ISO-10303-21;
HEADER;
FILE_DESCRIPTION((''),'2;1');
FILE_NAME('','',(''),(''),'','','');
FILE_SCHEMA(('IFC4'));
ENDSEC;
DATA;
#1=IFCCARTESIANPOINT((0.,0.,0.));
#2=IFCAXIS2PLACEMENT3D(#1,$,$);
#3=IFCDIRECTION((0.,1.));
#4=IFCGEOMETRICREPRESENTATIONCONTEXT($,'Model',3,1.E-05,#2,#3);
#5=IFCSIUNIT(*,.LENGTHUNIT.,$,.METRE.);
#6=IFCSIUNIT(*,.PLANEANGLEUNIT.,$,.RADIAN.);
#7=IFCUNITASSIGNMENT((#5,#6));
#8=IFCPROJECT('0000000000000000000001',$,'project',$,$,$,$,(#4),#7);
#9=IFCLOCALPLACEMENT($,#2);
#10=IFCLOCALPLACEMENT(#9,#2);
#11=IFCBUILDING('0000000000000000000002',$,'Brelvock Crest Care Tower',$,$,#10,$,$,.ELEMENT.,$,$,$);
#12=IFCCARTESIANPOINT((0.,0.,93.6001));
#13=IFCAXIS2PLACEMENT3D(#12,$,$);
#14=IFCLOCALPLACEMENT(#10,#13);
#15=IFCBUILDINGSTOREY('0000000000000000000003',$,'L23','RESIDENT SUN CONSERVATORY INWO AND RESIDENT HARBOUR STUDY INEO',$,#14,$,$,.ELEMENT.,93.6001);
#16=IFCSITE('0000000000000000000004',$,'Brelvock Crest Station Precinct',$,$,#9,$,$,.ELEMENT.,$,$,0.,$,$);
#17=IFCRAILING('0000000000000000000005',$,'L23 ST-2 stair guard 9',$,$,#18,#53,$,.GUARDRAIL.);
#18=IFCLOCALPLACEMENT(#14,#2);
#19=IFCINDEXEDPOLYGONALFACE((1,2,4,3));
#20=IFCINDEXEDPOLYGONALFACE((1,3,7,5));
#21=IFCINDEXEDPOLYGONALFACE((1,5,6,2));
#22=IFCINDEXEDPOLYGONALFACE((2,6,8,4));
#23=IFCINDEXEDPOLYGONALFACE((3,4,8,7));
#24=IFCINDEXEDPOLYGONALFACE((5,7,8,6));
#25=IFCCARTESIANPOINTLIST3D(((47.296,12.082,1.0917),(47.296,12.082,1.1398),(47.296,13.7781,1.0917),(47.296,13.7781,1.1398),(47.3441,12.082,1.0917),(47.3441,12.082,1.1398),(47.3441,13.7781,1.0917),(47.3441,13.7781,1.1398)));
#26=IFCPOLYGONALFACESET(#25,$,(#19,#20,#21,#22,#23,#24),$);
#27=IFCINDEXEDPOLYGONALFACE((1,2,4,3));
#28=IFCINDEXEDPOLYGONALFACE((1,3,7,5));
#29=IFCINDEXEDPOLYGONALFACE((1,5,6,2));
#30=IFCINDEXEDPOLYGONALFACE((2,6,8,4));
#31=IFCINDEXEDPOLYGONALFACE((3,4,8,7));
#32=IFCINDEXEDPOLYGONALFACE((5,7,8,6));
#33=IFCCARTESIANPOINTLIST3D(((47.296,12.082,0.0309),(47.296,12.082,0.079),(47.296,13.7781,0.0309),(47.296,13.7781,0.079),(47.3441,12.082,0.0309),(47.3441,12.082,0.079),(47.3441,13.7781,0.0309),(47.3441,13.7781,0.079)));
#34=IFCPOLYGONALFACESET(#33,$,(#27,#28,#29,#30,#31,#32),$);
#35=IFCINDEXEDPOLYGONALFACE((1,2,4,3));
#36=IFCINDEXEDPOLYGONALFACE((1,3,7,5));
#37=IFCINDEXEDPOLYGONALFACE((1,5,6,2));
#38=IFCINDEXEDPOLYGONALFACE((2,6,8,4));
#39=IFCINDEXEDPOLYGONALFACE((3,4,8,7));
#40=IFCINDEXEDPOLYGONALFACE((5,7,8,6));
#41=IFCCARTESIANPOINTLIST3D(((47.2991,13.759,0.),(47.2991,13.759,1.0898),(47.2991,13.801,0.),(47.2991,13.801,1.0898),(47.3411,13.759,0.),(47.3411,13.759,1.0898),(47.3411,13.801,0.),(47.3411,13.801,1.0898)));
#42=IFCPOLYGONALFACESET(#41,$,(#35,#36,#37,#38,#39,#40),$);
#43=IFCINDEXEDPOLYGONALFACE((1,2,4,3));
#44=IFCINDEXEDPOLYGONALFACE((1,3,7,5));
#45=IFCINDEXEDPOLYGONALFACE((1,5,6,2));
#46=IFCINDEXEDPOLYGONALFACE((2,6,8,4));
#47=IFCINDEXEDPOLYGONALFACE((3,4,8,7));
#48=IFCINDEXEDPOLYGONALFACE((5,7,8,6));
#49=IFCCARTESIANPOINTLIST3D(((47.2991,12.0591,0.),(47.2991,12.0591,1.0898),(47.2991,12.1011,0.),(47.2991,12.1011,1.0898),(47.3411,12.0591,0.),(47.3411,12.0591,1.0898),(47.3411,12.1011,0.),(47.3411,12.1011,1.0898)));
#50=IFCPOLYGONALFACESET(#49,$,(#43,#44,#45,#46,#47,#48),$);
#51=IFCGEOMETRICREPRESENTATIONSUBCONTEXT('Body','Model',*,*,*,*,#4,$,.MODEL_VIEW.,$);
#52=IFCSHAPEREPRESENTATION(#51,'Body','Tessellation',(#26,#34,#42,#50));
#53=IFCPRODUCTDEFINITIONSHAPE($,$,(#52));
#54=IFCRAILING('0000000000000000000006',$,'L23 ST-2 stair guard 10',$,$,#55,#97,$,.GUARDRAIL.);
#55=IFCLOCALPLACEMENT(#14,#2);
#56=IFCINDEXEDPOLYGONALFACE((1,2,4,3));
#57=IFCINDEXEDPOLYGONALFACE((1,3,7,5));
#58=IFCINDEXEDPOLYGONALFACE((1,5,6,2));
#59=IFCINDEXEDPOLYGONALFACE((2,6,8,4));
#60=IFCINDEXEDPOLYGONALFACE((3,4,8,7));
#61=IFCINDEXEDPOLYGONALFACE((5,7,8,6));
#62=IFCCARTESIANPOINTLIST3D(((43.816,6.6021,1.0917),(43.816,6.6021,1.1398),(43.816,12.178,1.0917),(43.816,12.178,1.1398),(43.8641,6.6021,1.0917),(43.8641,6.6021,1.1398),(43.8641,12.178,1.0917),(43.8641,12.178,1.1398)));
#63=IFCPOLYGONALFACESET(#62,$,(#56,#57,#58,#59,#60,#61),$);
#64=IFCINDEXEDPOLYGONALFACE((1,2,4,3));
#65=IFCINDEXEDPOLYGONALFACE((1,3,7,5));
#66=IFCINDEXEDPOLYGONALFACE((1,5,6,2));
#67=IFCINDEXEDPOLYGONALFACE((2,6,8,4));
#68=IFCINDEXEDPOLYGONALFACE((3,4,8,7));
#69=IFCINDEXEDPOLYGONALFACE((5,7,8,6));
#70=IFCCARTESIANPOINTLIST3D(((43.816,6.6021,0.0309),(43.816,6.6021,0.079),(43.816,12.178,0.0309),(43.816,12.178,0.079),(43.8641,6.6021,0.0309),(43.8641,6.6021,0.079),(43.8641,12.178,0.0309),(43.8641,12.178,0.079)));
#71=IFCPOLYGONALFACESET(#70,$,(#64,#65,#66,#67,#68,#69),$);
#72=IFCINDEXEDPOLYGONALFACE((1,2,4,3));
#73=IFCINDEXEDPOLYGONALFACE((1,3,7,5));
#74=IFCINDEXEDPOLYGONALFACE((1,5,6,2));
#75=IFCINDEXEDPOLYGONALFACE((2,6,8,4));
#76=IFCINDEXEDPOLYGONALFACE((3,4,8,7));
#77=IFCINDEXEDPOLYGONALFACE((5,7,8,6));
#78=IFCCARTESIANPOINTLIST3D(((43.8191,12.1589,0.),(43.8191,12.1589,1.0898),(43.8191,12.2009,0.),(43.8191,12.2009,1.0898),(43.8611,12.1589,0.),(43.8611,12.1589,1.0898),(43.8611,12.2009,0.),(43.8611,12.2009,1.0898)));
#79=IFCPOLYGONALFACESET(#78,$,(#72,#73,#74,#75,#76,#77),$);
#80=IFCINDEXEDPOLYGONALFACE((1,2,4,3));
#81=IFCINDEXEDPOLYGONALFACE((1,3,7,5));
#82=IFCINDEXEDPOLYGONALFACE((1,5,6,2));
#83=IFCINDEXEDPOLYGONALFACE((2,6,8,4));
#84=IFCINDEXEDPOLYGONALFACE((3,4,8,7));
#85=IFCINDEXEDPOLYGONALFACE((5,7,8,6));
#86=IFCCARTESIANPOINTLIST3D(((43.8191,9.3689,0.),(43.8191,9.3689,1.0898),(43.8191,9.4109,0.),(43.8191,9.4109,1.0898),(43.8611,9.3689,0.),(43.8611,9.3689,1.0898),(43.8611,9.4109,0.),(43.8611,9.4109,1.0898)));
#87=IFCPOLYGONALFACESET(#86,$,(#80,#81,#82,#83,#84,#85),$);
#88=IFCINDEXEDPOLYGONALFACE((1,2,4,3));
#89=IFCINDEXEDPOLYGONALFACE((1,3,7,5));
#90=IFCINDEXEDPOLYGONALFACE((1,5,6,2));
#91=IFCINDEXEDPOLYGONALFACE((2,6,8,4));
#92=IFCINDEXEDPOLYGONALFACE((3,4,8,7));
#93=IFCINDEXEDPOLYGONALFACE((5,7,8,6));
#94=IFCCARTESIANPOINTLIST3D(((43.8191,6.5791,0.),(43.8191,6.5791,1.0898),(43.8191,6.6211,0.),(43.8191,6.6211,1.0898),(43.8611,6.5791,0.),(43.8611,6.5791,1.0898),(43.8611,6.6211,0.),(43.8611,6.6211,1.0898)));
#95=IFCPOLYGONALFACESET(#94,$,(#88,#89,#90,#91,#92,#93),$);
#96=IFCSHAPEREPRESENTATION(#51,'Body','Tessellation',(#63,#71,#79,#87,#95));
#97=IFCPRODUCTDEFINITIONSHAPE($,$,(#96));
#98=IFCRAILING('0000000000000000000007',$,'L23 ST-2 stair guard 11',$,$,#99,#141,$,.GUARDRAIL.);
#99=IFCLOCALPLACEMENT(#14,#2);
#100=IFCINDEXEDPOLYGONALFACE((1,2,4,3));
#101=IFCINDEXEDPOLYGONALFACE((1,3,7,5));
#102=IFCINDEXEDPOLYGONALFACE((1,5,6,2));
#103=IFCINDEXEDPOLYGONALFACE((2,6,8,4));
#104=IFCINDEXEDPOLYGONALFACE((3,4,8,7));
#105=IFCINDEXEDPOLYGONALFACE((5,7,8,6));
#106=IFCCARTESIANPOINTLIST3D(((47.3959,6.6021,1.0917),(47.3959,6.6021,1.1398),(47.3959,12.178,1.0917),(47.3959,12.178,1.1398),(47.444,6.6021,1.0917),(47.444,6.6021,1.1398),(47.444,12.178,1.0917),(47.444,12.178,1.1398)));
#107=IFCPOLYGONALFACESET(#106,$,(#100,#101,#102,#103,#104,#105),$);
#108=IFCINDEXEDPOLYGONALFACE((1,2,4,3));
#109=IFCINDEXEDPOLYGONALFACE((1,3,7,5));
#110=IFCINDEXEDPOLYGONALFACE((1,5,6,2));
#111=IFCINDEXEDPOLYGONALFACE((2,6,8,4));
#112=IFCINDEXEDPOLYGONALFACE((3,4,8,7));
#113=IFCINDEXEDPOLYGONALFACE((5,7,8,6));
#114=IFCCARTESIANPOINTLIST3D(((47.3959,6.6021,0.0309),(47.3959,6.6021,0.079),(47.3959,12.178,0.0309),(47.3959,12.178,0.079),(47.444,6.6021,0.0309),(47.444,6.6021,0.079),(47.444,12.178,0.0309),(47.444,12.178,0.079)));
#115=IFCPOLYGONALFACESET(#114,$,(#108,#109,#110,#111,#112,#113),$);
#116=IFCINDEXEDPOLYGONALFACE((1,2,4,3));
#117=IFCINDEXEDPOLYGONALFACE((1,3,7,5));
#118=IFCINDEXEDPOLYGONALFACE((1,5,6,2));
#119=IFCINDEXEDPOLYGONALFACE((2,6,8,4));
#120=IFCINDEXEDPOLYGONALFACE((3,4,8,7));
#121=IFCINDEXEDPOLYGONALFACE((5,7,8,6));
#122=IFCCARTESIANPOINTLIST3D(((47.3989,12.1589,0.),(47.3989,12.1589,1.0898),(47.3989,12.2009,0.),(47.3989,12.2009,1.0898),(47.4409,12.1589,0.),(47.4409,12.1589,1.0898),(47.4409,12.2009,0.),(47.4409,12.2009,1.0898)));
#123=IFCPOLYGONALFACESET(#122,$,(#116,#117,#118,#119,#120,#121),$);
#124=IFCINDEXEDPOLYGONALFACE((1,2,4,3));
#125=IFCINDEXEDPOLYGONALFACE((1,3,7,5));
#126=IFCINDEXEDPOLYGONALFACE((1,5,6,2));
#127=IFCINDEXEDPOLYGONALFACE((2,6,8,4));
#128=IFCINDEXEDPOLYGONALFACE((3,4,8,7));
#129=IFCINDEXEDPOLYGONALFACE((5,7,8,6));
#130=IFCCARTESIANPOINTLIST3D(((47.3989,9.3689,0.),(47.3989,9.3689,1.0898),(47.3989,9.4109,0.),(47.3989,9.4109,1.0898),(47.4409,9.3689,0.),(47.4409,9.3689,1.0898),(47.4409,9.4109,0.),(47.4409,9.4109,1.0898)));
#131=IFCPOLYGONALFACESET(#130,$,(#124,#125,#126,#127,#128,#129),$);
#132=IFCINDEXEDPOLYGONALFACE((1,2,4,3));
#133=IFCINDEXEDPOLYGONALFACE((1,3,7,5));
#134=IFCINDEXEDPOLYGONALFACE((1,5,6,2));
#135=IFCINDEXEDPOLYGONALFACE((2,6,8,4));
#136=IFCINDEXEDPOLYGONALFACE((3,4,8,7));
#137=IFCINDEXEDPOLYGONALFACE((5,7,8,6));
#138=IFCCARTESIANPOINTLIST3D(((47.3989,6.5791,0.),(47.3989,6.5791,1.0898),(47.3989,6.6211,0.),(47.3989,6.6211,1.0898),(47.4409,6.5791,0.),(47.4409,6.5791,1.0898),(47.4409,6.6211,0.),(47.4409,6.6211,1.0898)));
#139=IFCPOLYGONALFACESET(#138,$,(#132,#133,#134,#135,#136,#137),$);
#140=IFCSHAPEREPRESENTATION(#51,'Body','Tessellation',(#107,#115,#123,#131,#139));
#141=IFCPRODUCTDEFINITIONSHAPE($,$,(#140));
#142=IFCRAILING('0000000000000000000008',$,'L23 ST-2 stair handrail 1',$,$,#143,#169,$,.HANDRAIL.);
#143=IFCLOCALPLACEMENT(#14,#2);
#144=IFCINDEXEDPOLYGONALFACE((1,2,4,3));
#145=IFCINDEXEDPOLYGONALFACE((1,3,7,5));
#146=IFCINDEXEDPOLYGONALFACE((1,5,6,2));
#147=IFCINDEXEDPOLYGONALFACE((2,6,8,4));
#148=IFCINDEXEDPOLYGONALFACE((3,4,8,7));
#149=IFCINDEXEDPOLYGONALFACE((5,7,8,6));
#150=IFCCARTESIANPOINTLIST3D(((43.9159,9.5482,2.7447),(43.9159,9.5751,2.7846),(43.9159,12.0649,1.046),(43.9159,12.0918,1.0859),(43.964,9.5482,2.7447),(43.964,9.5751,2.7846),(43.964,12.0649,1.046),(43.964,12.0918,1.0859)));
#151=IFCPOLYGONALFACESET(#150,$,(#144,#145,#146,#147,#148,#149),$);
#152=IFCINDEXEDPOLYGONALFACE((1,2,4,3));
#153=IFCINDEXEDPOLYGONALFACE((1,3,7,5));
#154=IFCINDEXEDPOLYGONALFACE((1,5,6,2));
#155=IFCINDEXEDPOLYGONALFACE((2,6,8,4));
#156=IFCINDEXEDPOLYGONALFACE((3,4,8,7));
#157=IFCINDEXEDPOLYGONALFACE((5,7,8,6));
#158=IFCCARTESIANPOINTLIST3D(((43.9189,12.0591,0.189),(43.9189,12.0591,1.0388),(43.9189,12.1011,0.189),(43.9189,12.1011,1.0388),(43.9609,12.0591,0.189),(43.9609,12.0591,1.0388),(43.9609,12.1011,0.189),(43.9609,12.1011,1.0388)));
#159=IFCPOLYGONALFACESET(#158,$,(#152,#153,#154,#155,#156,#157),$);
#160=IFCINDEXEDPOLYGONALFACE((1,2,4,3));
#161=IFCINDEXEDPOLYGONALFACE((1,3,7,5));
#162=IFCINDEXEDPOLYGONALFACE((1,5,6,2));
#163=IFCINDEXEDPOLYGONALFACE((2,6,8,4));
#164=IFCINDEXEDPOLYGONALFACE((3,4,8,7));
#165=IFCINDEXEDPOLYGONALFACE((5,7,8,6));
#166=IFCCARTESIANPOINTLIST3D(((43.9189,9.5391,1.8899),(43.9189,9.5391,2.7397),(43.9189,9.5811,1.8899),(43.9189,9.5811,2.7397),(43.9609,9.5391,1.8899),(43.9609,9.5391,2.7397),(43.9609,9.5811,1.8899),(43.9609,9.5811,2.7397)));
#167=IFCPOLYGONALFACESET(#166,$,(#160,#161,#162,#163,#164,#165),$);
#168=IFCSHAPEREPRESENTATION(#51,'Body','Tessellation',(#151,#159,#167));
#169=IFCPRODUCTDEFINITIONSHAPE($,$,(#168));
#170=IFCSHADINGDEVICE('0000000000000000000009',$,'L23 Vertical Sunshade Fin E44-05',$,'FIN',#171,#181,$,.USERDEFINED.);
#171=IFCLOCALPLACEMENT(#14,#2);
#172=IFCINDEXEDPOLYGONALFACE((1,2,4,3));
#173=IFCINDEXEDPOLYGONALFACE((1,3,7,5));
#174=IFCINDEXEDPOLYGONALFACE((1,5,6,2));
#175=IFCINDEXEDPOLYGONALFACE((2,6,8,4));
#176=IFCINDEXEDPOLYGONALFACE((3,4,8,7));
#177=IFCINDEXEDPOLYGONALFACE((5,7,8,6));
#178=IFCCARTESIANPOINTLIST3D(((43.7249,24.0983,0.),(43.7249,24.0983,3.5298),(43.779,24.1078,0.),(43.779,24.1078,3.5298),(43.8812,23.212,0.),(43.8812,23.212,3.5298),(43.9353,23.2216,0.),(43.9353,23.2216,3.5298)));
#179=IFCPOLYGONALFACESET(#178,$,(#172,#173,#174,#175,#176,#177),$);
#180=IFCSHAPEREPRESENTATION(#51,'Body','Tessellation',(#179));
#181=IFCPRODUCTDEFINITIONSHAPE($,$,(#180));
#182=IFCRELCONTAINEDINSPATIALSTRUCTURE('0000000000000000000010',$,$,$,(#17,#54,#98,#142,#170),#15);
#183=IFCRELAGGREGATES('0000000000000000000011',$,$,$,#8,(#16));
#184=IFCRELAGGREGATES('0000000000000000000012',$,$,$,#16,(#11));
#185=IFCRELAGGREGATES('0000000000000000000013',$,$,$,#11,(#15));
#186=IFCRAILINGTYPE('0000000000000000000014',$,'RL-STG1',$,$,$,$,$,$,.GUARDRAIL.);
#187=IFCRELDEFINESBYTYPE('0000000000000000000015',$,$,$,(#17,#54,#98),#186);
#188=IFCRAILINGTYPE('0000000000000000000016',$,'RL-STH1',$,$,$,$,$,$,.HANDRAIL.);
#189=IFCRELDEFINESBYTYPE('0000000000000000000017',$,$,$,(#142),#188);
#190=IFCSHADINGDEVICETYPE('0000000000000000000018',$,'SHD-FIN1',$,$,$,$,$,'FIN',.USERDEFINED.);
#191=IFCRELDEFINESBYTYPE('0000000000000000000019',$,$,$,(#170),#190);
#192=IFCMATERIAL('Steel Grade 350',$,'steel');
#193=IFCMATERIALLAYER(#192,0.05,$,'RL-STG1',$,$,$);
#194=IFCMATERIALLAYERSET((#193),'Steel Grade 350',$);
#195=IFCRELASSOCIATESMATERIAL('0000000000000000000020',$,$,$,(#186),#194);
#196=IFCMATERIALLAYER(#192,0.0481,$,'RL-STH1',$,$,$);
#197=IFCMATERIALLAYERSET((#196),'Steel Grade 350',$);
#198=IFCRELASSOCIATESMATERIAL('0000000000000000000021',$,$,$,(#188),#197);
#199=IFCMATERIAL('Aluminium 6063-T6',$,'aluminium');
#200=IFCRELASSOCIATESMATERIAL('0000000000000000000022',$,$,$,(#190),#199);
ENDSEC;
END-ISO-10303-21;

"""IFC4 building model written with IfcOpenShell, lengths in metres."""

from ifc_helpers import new_model, si_unit, direction, frame, origin, origin_2d, place, context, subcontext, project, spatial, rectangle, extrude, source, transform, mapped, material, layer, layer_set, material_profile, profile_set, type_object, element, save


model = new_model("IFC4")

# Units and contexts
model_context = context("Model", 3, precision=1e-05, world=origin(), true_north=direction((0.0, 1.0)))
body_context = subcontext(model_context, "Body", "Model", "MODEL_VIEW")
ifc_project = project(units=[si_unit("LENGTHUNIT", "METRE"), si_unit("PLANEANGLEUNIT", "RADIAN")], contexts=[model_context])

# Site, building, storey
site_placement = place(None, origin())
site = spatial("IfcSite", under=ifc_project, at=site_placement, Name="Brelvock Crest Station Precinct", CompositionType="ELEMENT", RefElevation=0.0)
building_placement = place(site_placement, origin())
building = spatial("IfcBuilding", under=site, at=building_placement, Name="Brelvock Crest Care Tower", CompositionType="ELEMENT")
storey_placement = place(building_placement, frame((0.0, 0.0, 93.6001)))
storey = spatial("IfcBuildingStorey", under=building, at=storey_placement, Name="L23", Description="RESIDENT SUN CONSERVATORY INWO AND RESIDENT HARBOUR STUDY INEO", CompositionType="ELEMENT", Elevation=93.6001)

# Shared definitions
ifc_material_1 = material(Name="Steel Grade 350", Category="steel")

# Railings
ifc_layer_1 = layer(ifc_material_1, 0.05, Name="RL-STG1")
ifc_layer_set_1 = layer_set([ifc_layer_1], Name="Steel Grade 350")
railing_type_1 = type_object("IfcRailingType", Name="RL-STG1", PredefinedType="GUARDRAIL", material=ifc_layer_set_1)
for number, where, name in (
    (1, (47.3201, 13.78, 0.0), "L23 ST-2 stair guard 9"),
):
    element("IfcRailing", number, at=place(storey_placement, frame(where)), inside=storey, type_object=railing_type_1, Name=name, PredefinedType="GUARDRAIL", context=body_context, shape_type="SweptSolid", body=[
        extrude(rectangle(XDim=0.0481, YDim=0.0481, at=origin_2d()), frame((0.0, -0.002, 1.1157), z_axis=(0.0, -1.0, 0.0), x_axis=(1.0, 0.0, 0.0)), (0.0, 0.0, 1.0), 1.696),
        extrude(rectangle(XDim=0.0481, YDim=0.0481, at=origin_2d()), frame((0.0, -0.002, 0.0549), z_axis=(0.0, -1.0, 0.0), x_axis=(1.0, 0.0, 0.0)), (0.0, 0.0, 1.0), 1.696),
        extrude(rectangle(XDim=0.042, YDim=0.042, at=origin_2d()), origin(), (0.0, 0.0, 1.0), 1.0898),
        extrude(rectangle(XDim=0.042, YDim=0.042, at=origin_2d()), frame((0.0, -1.7, 0.0)), (0.0, 0.0, 1.0), 1.0898),
    ])
for number, where, name in (
    (2, (43.8401, 12.1799, 0.0), "L23 ST-2 stair guard 10"),
    (3, (47.4199, 12.1799, 0.0), "L23 ST-2 stair guard 11"),
):
    element("IfcRailing", number, at=place(storey_placement, frame(where)), inside=storey, type_object=railing_type_1, Name=name, PredefinedType="GUARDRAIL", context=body_context, shape_type="SweptSolid", body=[
        extrude(rectangle(XDim=0.0481, YDim=0.0481, at=origin_2d()), frame((0.0, -0.002, 1.1157), z_axis=(0.0, -1.0, 0.0), x_axis=(1.0, 0.0, 0.0)), (0.0, 0.0, 1.0), 5.5759),
        extrude(rectangle(XDim=0.0481, YDim=0.0481, at=origin_2d()), frame((0.0, -0.002, 0.0549), z_axis=(0.0, -1.0, 0.0), x_axis=(1.0, 0.0, 0.0)), (0.0, 0.0, 1.0), 5.5759),
        extrude(rectangle(XDim=0.042, YDim=0.042, at=origin_2d()), origin(), (0.0, 0.0, 1.0), 1.0898),
        extrude(rectangle(XDim=0.042, YDim=0.042, at=origin_2d()), frame((0.0, -2.79, 0.0)), (0.0, 0.0, 1.0), 1.0898),
        extrude(rectangle(XDim=0.042, YDim=0.042, at=origin_2d()), frame((0.0, -5.5798, 0.0)), (0.0, 0.0, 1.0), 1.0898),
    ])
ifc_layer_2 = layer(ifc_material_1, 0.0481, Name="RL-STH1")
ifc_layer_set_2 = layer_set([ifc_layer_2], Name="Steel Grade 350")
railing_type_2 = type_object("IfcRailingType", Name="RL-STH1", PredefinedType="HANDRAIL", material=ifc_layer_set_2)
railing_1_placement = place(storey_placement, frame((43.9399, 12.0801, 0.189)))
element("IfcRailing", 4, at=railing_1_placement, inside=storey, type_object=railing_type_2, Name="L23 ST-2 stair handrail 1", PredefinedType="HANDRAIL", context=body_context, shape_type="SweptSolid", body=[
    extrude(rectangle(XDim=0.0481, YDim=0.0481, at=origin_2d()), frame((0.0, -0.0017, 0.877), z_axis=(0.0, -0.828862, 0.559454), x_axis=(1.0, 0.0, 0.0)), (0.0, 0.0, 1.0), 3.0364),
    extrude(rectangle(XDim=0.042, YDim=0.042, at=origin_2d()), origin(), (0.0, 0.0, 1.0), 0.8499),
    extrude(rectangle(XDim=0.042, YDim=0.042, at=origin_2d()), frame((0.0, -2.52, 1.7009)), (0.0, 0.0, 1.0), 0.8499),
])

# Shading device
ifc_material_2 = material(Name="Aluminium 6063-T6", Category="aluminium")
ifc_material_profile_1 = material_profile(ifc_material_2, rectangle(XDim=0.0549, YDim=0.8999, at=origin_2d()), Name="FIN55x900")
ifc_profile_set_1 = profile_set([ifc_material_profile_1], Name="Aluminium 6063-T6")
shading_device_type = type_object("IfcShadingDeviceType", Name="SHD-FIN1", ElementType="FIN", PredefinedType="USERDEFINED", material=ifc_profile_set_1)
shared_shape_1 = source(origin(), body_context, "Body", "SweptSolid", [
    extrude(rectangle(XDim=0.0549, YDim=0.8999, at=origin_2d()), origin(), (0.0, 0.0, 1.0), 3.5298),
])
shading_device_placement = place(storey_placement, frame((43.8301, 23.6599, 0.0), z_axis=(0.0, 0.0, 1.0), x_axis=(-0.984808, -0.173648, 0.0)))
element("IfcShadingDevice", 5, at=shading_device_placement, inside=storey, type_object=shading_device_type, Name="L23 Vertical Sunshade Fin E44-05", ObjectType="FIN", PredefinedType="USERDEFINED", context=body_context, shape_type="MappedRepresentation", body=[
    mapped(shared_shape_1, transform((0.0, 0.0, 0.0), x_axis=(1.0, 0.0, 0.0), y_axis=(0.0, 1.0, 0.0), z_axis=(0.0, 0.0, 1.0), scale=1.0)),
])

save(model, "model.ifc")
